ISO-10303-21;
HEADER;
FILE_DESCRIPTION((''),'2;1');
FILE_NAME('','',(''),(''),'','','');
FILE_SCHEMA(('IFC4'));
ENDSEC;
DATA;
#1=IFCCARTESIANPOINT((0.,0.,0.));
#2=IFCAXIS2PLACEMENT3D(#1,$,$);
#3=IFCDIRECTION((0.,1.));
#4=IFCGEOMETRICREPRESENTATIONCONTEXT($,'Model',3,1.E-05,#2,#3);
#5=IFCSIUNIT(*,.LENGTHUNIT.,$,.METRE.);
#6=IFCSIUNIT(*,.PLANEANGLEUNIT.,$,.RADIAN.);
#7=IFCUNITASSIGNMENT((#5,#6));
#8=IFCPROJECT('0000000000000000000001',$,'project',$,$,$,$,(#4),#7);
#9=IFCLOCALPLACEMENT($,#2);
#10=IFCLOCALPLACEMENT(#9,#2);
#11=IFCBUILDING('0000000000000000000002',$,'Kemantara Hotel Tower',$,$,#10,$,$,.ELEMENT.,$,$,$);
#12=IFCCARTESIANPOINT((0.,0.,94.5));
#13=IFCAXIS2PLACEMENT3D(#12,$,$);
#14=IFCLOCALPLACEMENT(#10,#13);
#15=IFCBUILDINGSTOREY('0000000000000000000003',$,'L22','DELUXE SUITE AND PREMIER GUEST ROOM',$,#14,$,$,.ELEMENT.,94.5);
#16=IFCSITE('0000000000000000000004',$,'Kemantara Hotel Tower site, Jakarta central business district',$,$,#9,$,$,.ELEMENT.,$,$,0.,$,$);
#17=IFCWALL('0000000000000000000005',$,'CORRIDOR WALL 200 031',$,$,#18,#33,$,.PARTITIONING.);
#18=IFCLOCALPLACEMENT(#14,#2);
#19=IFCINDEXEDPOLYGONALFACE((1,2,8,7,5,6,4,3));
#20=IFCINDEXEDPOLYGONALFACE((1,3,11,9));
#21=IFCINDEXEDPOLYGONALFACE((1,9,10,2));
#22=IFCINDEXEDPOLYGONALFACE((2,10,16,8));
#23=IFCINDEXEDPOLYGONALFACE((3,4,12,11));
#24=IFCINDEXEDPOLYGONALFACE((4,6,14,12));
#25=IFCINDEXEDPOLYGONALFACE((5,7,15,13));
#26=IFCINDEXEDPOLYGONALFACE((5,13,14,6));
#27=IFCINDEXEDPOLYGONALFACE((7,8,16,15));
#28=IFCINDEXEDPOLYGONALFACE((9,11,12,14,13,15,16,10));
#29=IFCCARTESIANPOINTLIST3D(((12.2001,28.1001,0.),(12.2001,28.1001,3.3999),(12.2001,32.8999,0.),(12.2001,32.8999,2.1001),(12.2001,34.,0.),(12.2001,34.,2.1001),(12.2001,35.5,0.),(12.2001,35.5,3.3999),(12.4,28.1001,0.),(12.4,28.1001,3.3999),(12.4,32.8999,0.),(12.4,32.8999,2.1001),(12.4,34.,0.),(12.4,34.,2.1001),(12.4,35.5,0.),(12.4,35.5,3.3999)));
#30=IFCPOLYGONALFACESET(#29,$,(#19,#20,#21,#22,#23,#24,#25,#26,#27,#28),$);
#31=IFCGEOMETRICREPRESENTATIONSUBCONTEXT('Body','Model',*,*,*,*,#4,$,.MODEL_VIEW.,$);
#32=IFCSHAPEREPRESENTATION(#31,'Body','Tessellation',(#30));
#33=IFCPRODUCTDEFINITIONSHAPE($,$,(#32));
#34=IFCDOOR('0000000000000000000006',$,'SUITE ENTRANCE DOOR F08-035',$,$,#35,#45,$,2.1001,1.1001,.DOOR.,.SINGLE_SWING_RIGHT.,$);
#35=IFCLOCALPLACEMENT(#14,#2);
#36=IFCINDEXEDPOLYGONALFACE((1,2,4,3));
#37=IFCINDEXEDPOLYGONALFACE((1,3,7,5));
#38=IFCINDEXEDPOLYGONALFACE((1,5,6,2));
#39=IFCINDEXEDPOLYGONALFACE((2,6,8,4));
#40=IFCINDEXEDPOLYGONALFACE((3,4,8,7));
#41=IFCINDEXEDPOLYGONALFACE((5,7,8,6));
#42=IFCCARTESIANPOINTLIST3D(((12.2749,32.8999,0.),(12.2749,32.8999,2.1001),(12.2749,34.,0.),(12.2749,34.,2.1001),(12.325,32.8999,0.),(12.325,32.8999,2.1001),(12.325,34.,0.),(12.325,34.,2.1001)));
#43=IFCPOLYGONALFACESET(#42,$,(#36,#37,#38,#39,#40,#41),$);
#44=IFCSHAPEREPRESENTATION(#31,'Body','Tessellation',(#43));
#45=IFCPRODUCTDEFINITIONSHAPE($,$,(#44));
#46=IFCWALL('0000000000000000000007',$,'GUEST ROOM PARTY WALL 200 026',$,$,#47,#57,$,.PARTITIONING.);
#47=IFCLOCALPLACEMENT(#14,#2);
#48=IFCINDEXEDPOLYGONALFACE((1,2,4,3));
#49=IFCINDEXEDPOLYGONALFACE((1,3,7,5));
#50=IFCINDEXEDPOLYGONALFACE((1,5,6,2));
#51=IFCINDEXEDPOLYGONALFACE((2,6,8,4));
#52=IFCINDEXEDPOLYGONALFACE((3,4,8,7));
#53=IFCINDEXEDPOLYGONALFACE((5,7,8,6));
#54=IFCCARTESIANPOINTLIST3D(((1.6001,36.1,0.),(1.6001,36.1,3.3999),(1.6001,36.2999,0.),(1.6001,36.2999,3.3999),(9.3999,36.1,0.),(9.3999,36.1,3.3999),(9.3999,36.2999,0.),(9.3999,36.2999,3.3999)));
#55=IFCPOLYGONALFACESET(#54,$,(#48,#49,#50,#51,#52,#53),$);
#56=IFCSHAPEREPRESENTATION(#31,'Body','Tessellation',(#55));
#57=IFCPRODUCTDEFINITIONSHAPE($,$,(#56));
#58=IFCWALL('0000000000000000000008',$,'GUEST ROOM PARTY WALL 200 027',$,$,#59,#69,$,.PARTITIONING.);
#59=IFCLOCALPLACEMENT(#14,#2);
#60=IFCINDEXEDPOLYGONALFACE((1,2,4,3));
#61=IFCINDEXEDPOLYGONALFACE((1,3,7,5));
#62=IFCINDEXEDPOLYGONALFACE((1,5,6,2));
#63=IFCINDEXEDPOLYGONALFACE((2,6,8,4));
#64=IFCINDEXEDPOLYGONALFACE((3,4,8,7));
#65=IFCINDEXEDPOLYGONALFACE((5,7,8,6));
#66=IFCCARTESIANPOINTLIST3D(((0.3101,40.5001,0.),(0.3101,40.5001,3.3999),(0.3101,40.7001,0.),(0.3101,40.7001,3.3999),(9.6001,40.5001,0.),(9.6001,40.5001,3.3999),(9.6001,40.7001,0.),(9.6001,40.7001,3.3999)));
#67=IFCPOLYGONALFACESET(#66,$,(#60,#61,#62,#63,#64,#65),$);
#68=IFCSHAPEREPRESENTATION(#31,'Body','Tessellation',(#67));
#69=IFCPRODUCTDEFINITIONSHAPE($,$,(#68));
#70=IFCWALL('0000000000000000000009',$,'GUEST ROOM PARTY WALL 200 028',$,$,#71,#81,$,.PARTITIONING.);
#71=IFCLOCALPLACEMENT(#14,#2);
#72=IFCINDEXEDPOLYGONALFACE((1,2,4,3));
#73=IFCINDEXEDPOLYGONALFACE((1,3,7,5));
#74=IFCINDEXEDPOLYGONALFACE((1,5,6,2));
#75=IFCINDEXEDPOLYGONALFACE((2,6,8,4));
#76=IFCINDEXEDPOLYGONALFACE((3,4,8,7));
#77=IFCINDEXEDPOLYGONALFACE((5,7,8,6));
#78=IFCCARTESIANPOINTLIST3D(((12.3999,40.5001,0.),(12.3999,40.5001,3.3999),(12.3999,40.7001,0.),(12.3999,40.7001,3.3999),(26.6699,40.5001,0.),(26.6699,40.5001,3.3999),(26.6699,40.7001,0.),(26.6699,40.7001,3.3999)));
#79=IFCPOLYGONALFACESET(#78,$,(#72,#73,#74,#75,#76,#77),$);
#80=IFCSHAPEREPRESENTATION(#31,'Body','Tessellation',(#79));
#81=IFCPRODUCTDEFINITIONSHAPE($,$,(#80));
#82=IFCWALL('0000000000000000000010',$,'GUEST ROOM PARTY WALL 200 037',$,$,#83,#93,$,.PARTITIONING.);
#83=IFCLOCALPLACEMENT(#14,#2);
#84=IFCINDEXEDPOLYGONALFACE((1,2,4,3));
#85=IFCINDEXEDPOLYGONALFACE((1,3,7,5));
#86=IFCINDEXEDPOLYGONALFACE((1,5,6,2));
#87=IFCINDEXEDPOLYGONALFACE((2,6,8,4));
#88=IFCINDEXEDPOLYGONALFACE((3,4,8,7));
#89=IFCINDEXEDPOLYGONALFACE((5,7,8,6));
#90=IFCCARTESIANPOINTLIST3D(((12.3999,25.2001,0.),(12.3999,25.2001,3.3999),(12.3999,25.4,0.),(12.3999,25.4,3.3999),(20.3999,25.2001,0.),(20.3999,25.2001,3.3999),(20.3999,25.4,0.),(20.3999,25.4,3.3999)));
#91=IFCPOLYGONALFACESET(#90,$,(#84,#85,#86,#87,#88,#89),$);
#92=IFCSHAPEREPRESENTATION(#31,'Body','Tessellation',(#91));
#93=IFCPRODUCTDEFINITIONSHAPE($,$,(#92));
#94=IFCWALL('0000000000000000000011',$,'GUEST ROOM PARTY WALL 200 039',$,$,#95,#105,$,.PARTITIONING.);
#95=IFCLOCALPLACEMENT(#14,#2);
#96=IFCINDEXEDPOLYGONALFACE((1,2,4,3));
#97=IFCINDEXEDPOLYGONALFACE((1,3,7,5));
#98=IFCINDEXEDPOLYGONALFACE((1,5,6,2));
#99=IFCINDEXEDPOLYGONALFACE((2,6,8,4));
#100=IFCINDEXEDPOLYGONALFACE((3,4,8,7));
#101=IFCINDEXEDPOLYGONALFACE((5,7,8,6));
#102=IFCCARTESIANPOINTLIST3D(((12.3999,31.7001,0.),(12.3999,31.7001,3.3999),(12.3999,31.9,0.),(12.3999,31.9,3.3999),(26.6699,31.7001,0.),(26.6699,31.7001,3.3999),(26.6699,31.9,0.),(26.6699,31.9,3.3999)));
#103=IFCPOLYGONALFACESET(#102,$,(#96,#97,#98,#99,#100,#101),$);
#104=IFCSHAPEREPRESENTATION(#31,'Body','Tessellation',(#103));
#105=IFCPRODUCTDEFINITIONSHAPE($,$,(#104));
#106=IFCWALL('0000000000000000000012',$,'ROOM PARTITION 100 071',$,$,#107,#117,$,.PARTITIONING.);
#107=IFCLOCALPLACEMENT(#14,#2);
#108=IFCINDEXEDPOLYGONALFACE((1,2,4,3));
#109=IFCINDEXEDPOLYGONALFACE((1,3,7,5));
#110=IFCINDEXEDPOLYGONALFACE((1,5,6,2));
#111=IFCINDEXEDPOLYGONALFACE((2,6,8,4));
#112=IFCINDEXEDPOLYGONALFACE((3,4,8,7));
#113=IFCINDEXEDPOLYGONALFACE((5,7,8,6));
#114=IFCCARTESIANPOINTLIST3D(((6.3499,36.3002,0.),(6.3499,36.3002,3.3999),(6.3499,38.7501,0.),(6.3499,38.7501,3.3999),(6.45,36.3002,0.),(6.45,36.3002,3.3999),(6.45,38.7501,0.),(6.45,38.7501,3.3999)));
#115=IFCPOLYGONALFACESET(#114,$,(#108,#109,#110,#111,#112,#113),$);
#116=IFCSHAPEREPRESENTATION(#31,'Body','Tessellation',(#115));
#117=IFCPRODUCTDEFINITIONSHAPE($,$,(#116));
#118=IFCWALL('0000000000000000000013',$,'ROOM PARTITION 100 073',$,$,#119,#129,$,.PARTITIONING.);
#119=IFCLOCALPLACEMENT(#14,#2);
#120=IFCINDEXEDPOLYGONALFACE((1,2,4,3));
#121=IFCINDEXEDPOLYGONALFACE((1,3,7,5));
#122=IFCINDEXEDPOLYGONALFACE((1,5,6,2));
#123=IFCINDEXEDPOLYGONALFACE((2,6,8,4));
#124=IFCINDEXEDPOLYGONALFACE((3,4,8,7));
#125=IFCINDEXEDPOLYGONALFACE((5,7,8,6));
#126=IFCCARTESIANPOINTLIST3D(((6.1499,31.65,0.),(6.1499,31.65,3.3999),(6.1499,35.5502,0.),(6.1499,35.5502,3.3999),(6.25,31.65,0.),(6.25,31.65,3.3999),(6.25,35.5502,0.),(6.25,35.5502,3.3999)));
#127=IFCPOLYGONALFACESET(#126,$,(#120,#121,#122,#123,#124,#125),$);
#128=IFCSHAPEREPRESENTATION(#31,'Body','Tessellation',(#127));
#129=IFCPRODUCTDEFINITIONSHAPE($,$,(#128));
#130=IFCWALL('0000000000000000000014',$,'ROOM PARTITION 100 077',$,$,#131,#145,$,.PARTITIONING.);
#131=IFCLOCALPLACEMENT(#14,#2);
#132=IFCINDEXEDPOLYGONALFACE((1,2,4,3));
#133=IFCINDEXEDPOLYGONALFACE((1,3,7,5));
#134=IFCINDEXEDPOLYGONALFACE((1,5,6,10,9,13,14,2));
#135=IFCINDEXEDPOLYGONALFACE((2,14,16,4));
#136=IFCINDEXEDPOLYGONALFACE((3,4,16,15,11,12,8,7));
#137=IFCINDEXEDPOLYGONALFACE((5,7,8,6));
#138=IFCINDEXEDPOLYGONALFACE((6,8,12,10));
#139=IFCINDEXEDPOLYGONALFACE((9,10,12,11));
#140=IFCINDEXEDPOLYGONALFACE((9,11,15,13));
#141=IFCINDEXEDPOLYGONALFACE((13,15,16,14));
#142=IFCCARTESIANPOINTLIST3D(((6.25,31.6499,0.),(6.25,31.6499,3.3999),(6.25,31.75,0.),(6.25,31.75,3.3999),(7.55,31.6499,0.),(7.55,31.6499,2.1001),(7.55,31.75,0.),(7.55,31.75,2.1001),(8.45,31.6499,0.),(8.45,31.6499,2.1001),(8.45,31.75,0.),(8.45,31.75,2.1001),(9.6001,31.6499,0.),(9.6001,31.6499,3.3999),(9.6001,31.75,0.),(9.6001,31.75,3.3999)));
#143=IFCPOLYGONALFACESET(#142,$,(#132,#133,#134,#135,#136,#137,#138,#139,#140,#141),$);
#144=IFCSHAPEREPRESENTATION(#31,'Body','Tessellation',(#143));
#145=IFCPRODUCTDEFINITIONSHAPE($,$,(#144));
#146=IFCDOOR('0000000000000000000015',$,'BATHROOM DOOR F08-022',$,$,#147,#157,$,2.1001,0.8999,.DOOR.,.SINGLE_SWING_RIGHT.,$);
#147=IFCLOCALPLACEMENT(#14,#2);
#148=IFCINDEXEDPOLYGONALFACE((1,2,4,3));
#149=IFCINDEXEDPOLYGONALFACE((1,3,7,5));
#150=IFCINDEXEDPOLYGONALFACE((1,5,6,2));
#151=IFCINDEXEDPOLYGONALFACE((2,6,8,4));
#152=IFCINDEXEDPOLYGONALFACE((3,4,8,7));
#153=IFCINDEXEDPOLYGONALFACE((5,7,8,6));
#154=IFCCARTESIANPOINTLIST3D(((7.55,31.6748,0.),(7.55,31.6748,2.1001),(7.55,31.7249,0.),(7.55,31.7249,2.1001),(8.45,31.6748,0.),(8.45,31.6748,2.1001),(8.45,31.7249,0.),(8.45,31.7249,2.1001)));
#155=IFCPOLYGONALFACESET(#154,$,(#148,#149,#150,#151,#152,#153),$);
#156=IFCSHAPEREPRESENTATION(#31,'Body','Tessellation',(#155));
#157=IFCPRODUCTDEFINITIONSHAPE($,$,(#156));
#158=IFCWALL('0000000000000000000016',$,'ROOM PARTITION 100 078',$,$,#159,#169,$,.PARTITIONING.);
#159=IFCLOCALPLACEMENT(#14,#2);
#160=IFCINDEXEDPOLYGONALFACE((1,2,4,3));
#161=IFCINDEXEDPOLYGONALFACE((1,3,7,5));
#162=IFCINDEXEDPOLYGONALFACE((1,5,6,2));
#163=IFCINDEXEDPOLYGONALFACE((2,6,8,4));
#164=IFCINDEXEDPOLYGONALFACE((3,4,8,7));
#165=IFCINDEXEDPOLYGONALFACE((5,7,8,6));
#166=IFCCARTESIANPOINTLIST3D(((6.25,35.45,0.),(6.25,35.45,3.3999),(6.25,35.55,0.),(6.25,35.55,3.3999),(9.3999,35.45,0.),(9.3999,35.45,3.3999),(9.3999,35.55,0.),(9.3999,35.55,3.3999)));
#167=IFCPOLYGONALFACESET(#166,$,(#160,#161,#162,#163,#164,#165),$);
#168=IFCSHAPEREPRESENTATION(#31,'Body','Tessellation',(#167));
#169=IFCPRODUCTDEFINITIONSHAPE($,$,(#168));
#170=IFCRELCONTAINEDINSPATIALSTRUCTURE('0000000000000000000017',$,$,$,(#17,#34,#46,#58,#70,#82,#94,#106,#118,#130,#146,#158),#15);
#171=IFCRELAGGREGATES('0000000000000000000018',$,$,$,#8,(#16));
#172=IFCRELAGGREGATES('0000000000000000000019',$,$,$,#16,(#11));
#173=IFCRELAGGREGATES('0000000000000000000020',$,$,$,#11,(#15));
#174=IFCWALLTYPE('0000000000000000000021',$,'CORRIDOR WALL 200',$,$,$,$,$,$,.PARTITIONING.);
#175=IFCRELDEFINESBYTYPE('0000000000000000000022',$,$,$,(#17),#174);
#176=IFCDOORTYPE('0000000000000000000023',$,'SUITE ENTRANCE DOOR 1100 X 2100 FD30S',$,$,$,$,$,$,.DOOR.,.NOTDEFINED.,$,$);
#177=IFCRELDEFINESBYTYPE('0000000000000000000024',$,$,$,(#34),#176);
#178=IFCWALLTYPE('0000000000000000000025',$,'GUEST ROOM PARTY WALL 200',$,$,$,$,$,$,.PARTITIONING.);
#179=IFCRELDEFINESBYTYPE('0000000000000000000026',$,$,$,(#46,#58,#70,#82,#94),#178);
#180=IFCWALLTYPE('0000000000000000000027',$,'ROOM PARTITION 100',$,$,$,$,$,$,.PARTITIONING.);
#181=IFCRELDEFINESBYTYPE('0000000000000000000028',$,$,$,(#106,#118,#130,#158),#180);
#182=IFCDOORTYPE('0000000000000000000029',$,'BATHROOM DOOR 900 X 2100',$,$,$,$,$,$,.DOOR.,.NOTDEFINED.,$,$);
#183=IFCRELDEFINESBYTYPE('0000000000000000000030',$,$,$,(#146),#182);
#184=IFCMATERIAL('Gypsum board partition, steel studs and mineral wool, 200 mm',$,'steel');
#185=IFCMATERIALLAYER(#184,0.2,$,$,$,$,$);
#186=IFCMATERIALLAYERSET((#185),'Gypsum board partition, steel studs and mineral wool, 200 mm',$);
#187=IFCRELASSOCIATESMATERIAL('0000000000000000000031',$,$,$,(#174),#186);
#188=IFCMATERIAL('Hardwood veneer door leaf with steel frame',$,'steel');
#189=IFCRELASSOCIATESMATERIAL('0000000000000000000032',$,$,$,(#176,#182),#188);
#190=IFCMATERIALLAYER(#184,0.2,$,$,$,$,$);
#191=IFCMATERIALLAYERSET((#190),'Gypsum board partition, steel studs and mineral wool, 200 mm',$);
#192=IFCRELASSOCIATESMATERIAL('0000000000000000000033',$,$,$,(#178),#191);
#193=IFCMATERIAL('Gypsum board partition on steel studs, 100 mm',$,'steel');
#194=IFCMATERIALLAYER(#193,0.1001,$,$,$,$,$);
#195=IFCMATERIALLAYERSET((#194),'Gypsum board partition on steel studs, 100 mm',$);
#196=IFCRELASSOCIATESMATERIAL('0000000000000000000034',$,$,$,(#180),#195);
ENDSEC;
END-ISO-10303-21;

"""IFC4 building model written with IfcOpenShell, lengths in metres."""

from ifc_helpers import new_model, si_unit, direction, frame, frame_2d, origin, place, context, subcontext, project, spatial, rectangle, extrude, material, layer, layer_set, type_object, element, fill, save


model = new_model("IFC4")

# Units and contexts
model_context = context("Model", 3, precision=1e-05, world=origin(), true_north=direction((0.0, 1.0)))
body_context = subcontext(model_context, "Body", "Model", "MODEL_VIEW")
ifc_project = project(units=[si_unit("LENGTHUNIT", "METRE"), si_unit("PLANEANGLEUNIT", "RADIAN")], contexts=[model_context])

# Site, building, storey
site_placement = place(None, origin())
site = spatial("IfcSite", under=ifc_project, at=site_placement, Name="Kemantara Hotel Tower site, Jakarta central business district", CompositionType="ELEMENT", RefElevation=0.0)
building_placement = place(site_placement, origin())
building = spatial("IfcBuilding", under=site, at=building_placement, Name="Kemantara Hotel Tower", CompositionType="ELEMENT")
storey_placement = place(building_placement, frame((0.0, 0.0, 94.5)))
storey = spatial("IfcBuildingStorey", under=building, at=storey_placement, Name="L22", Description="DELUXE SUITE AND PREMIER GUEST ROOM", CompositionType="ELEMENT", Elevation=94.5)

# Shared definitions
ifc_material_1 = material(Name="Gypsum board partition, steel studs and mineral wool, 200 mm", Category="steel")
ifc_layer_1 = layer(ifc_material_1, 0.2)
ifc_layer_set_1 = layer_set([ifc_layer_1], Name="Gypsum board partition, steel studs and mineral wool, 200 mm")
wall_type_1 = type_object("IfcWallType", Name="CORRIDOR WALL 200", PredefinedType="PARTITIONING", material=ifc_layer_set_1)

# Shared definitions
ifc_material_2 = material(Name="Hardwood veneer door leaf with steel frame", Category="steel")
door_type_1 = type_object("IfcDoorType", Name="SUITE ENTRANCE DOOR 1100 X 2100 FD30S", OperationType="NOTDEFINED", PredefinedType="DOOR", material=ifc_material_2)

# Wall, opening, door
wall_1_placement = place(storey_placement, frame((12.3, 35.5, 0.0), z_axis=(0.0, 0.0, 1.0), x_axis=(0.0, -1.0, 0.0)))
wall_1 = element("IfcWall", 1, at=wall_1_placement, inside=storey, type_object=wall_type_1, Name="CORRIDOR WALL 200 031", PredefinedType="PARTITIONING", context=body_context, shape_type="SweptSolid", body=[
    extrude(rectangle(XDim=7.3999, YDim=0.2, at=frame_2d((3.7, 0.0))), origin(), (0.0, 0.0, 1.0), 3.3999),
])
opening_1_placement = place(wall_1_placement, frame((1.5, 0.0, 0.0)))
opening_1 = element("IfcOpeningElement", 2, at=opening_1_placement, cuts=wall_1, PredefinedType="OPENING", context=body_context, shape_type="SweptSolid", body=[
    extrude(rectangle(XDim=1.1001, YDim=2.1001, at=frame_2d((0.55, 1.05))), frame((0.0, 0.1099, 0.0), z_axis=(0.0, -1.0, 0.0), x_axis=(1.0, 0.0, 0.0)), (0.0, 0.0, 1.0), 0.22),
])
door_1_placement = place(opening_1_placement, origin())
door_1 = element("IfcDoor", 3, at=door_1_placement, inside=storey, type_object=door_type_1, Name="SUITE ENTRANCE DOOR F08-035", OperationType="SINGLE_SWING_RIGHT", OverallHeight=2.1001, OverallWidth=1.1001, PredefinedType="DOOR", context=body_context, shape_type="SweptSolid", body=[
    extrude(rectangle(XDim=1.1001, YDim=2.1001, at=frame_2d((0.55, 1.05))), frame((0.0, 0.0249, 0.0), z_axis=(0.0, -1.0, 0.0), x_axis=(1.0, 0.0, 0.0)), (0.0, 0.0, 1.0), 0.05),
])
fill(opening_1, door_1)

# Walls
ifc_layer_2 = layer(ifc_material_1, 0.2)
ifc_layer_set_2 = layer_set([ifc_layer_2], Name="Gypsum board partition, steel studs and mineral wool, 200 mm")
wall_type_2 = type_object("IfcWallType", Name="GUEST ROOM PARTY WALL 200", PredefinedType="PARTITIONING", material=ifc_layer_set_2)
wall_2_placement = place(storey_placement, frame((1.6001, 36.2, 0.0), z_axis=(0.0, 0.0, 1.0), x_axis=(1.0, 0.0, 0.0)))
element("IfcWall", 4, at=wall_2_placement, inside=storey, type_object=wall_type_2, Name="GUEST ROOM PARTY WALL 200 026", PredefinedType="PARTITIONING", context=body_context, shape_type="SweptSolid", body=[
    extrude(rectangle(XDim=7.7998, YDim=0.2, at=frame_2d((3.8999, 0.0))), origin(), (0.0, 0.0, 1.0), 3.3999),
])
wall_3_placement = place(storey_placement, frame((0.3101, 40.6001, 0.0), z_axis=(0.0, 0.0, 1.0), x_axis=(1.0, 0.0, 0.0)))
element("IfcWall", 5, at=wall_3_placement, inside=storey, type_object=wall_type_2, Name="GUEST ROOM PARTY WALL 200 027", PredefinedType="PARTITIONING", context=body_context, shape_type="SweptSolid", body=[
    extrude(rectangle(XDim=9.29, YDim=0.2, at=frame_2d((4.645, 0.0))), origin(), (0.0, 0.0, 1.0), 3.3999),
])
wall_4_placement = place(storey_placement, frame((12.3999, 40.6001, 0.0), z_axis=(0.0, 0.0, 1.0), x_axis=(1.0, 0.0, 0.0)))
element("IfcWall", 6, at=wall_4_placement, inside=storey, type_object=wall_type_2, Name="GUEST ROOM PARTY WALL 200 028", PredefinedType="PARTITIONING", context=body_context, shape_type="SweptSolid", body=[
    extrude(rectangle(XDim=14.27, YDim=0.2, at=frame_2d((7.135, 0.0))), origin(), (0.0, 0.0, 1.0), 3.3999),
])
wall_5_placement = place(storey_placement, frame((12.3999, 25.3, 0.0), z_axis=(0.0, 0.0, 1.0), x_axis=(1.0, 0.0, 0.0)))
element("IfcWall", 7, at=wall_5_placement, inside=storey, type_object=wall_type_2, Name="GUEST ROOM PARTY WALL 200 037", PredefinedType="PARTITIONING", context=body_context, shape_type="SweptSolid", body=[
    extrude(rectangle(XDim=8.0, YDim=0.2, at=frame_2d((4.0, 0.0))), origin(), (0.0, 0.0, 1.0), 3.3999),
])
wall_6_placement = place(storey_placement, frame((12.3999, 31.8, 0.0), z_axis=(0.0, 0.0, 1.0), x_axis=(1.0, 0.0, 0.0)))
element("IfcWall", 8, at=wall_6_placement, inside=storey, type_object=wall_type_2, Name="GUEST ROOM PARTY WALL 200 039", PredefinedType="PARTITIONING", context=body_context, shape_type="SweptSolid", body=[
    extrude(rectangle(XDim=14.27, YDim=0.2, at=frame_2d((7.135, 0.0))), origin(), (0.0, 0.0, 1.0), 3.3999),
])
ifc_material_3 = material(Name="Gypsum board partition on steel studs, 100 mm", Category="steel")
ifc_layer_3 = layer(ifc_material_3, 0.1001)
ifc_layer_set_3 = layer_set([ifc_layer_3], Name="Gypsum board partition on steel studs, 100 mm")
wall_type_3 = type_object("IfcWallType", Name="ROOM PARTITION 100", PredefinedType="PARTITIONING", material=ifc_layer_set_3)
wall_7_placement = place(storey_placement, frame((6.3999, 36.3, 0.0), z_axis=(0.0, 0.0, 1.0), x_axis=(0.0, 1.0, 0.0)))
element("IfcWall", 9, at=wall_7_placement, inside=storey, type_object=wall_type_3, Name="ROOM PARTITION 100 071", PredefinedType="PARTITIONING", context=body_context, shape_type="SweptSolid", body=[
    extrude(rectangle(XDim=2.45, YDim=0.1001, at=frame_2d((1.2251, 0.0))), origin(), (0.0, 0.0, 1.0), 3.3999),
])
wall_8_placement = place(storey_placement, frame((6.2, 31.6499, 0.0), z_axis=(0.0, 0.0, 1.0), x_axis=(0.0, 1.0, 0.0)))
element("IfcWall", 10, at=wall_8_placement, inside=storey, type_object=wall_type_3, Name="ROOM PARTITION 100 073", PredefinedType="PARTITIONING", context=body_context, shape_type="SweptSolid", body=[
    extrude(rectangle(XDim=3.9001, YDim=0.1001, at=frame_2d((1.9502, 0.0))), origin(), (0.0, 0.0, 1.0), 3.3999),
])

# Wall, opening, door
wall_9_placement = place(storey_placement, frame((6.25, 31.7, 0.0), z_axis=(0.0, 0.0, 1.0), x_axis=(1.0, 0.0, 0.0)))
wall_9 = element("IfcWall", 11, at=wall_9_placement, inside=storey, type_object=wall_type_3, Name="ROOM PARTITION 100 077", PredefinedType="PARTITIONING", context=body_context, shape_type="SweptSolid", body=[
    extrude(rectangle(XDim=3.3501, YDim=0.1001, at=frame_2d((1.675, 0.0))), origin(), (0.0, 0.0, 1.0), 3.3999),
])
opening_2_placement = place(wall_9_placement, frame((1.3, 0.0, 0.0)))
opening_2 = element("IfcOpeningElement", 12, at=opening_2_placement, cuts=wall_9, PredefinedType="OPENING", context=body_context, shape_type="SweptSolid", body=[
    extrude(rectangle(XDim=0.8999, YDim=2.1001, at=frame_2d((0.45, 1.05))), frame((0.0, 0.0601, 0.0), z_axis=(0.0, -1.0, 0.0), x_axis=(1.0, 0.0, 0.0)), (0.0, 0.0, 1.0), 0.1201),
])
door_type_2 = type_object("IfcDoorType", Name="BATHROOM DOOR 900 X 2100", OperationType="NOTDEFINED", PredefinedType="DOOR", material=ifc_material_2)
door_2_placement = place(opening_2_placement, origin())
door_2 = element("IfcDoor", 13, at=door_2_placement, inside=storey, type_object=door_type_2, Name="BATHROOM DOOR F08-022", OperationType="SINGLE_SWING_RIGHT", OverallHeight=2.1001, OverallWidth=0.8999, PredefinedType="DOOR", context=body_context, shape_type="SweptSolid", body=[
    extrude(rectangle(XDim=0.8999, YDim=2.1001, at=frame_2d((0.45, 1.05))), frame((0.0, 0.0249, 0.0), z_axis=(0.0, -1.0, 0.0), x_axis=(1.0, 0.0, 0.0)), (0.0, 0.0, 1.0), 0.05),
])
fill(opening_2, door_2)

# Wall
wall_10_placement = place(storey_placement, frame((6.25, 35.5, 0.0), z_axis=(0.0, 0.0, 1.0), x_axis=(1.0, 0.0, 0.0)))
element("IfcWall", 14, at=wall_10_placement, inside=storey, type_object=wall_type_3, Name="ROOM PARTITION 100 078", PredefinedType="PARTITIONING", context=body_context, shape_type="SweptSolid", body=[
    extrude(rectangle(XDim=3.1499, YDim=0.1001, at=frame_2d((1.575, 0.0))), origin(), (0.0, 0.0, 1.0), 3.3999),
])

save(model, "model.ifc")
